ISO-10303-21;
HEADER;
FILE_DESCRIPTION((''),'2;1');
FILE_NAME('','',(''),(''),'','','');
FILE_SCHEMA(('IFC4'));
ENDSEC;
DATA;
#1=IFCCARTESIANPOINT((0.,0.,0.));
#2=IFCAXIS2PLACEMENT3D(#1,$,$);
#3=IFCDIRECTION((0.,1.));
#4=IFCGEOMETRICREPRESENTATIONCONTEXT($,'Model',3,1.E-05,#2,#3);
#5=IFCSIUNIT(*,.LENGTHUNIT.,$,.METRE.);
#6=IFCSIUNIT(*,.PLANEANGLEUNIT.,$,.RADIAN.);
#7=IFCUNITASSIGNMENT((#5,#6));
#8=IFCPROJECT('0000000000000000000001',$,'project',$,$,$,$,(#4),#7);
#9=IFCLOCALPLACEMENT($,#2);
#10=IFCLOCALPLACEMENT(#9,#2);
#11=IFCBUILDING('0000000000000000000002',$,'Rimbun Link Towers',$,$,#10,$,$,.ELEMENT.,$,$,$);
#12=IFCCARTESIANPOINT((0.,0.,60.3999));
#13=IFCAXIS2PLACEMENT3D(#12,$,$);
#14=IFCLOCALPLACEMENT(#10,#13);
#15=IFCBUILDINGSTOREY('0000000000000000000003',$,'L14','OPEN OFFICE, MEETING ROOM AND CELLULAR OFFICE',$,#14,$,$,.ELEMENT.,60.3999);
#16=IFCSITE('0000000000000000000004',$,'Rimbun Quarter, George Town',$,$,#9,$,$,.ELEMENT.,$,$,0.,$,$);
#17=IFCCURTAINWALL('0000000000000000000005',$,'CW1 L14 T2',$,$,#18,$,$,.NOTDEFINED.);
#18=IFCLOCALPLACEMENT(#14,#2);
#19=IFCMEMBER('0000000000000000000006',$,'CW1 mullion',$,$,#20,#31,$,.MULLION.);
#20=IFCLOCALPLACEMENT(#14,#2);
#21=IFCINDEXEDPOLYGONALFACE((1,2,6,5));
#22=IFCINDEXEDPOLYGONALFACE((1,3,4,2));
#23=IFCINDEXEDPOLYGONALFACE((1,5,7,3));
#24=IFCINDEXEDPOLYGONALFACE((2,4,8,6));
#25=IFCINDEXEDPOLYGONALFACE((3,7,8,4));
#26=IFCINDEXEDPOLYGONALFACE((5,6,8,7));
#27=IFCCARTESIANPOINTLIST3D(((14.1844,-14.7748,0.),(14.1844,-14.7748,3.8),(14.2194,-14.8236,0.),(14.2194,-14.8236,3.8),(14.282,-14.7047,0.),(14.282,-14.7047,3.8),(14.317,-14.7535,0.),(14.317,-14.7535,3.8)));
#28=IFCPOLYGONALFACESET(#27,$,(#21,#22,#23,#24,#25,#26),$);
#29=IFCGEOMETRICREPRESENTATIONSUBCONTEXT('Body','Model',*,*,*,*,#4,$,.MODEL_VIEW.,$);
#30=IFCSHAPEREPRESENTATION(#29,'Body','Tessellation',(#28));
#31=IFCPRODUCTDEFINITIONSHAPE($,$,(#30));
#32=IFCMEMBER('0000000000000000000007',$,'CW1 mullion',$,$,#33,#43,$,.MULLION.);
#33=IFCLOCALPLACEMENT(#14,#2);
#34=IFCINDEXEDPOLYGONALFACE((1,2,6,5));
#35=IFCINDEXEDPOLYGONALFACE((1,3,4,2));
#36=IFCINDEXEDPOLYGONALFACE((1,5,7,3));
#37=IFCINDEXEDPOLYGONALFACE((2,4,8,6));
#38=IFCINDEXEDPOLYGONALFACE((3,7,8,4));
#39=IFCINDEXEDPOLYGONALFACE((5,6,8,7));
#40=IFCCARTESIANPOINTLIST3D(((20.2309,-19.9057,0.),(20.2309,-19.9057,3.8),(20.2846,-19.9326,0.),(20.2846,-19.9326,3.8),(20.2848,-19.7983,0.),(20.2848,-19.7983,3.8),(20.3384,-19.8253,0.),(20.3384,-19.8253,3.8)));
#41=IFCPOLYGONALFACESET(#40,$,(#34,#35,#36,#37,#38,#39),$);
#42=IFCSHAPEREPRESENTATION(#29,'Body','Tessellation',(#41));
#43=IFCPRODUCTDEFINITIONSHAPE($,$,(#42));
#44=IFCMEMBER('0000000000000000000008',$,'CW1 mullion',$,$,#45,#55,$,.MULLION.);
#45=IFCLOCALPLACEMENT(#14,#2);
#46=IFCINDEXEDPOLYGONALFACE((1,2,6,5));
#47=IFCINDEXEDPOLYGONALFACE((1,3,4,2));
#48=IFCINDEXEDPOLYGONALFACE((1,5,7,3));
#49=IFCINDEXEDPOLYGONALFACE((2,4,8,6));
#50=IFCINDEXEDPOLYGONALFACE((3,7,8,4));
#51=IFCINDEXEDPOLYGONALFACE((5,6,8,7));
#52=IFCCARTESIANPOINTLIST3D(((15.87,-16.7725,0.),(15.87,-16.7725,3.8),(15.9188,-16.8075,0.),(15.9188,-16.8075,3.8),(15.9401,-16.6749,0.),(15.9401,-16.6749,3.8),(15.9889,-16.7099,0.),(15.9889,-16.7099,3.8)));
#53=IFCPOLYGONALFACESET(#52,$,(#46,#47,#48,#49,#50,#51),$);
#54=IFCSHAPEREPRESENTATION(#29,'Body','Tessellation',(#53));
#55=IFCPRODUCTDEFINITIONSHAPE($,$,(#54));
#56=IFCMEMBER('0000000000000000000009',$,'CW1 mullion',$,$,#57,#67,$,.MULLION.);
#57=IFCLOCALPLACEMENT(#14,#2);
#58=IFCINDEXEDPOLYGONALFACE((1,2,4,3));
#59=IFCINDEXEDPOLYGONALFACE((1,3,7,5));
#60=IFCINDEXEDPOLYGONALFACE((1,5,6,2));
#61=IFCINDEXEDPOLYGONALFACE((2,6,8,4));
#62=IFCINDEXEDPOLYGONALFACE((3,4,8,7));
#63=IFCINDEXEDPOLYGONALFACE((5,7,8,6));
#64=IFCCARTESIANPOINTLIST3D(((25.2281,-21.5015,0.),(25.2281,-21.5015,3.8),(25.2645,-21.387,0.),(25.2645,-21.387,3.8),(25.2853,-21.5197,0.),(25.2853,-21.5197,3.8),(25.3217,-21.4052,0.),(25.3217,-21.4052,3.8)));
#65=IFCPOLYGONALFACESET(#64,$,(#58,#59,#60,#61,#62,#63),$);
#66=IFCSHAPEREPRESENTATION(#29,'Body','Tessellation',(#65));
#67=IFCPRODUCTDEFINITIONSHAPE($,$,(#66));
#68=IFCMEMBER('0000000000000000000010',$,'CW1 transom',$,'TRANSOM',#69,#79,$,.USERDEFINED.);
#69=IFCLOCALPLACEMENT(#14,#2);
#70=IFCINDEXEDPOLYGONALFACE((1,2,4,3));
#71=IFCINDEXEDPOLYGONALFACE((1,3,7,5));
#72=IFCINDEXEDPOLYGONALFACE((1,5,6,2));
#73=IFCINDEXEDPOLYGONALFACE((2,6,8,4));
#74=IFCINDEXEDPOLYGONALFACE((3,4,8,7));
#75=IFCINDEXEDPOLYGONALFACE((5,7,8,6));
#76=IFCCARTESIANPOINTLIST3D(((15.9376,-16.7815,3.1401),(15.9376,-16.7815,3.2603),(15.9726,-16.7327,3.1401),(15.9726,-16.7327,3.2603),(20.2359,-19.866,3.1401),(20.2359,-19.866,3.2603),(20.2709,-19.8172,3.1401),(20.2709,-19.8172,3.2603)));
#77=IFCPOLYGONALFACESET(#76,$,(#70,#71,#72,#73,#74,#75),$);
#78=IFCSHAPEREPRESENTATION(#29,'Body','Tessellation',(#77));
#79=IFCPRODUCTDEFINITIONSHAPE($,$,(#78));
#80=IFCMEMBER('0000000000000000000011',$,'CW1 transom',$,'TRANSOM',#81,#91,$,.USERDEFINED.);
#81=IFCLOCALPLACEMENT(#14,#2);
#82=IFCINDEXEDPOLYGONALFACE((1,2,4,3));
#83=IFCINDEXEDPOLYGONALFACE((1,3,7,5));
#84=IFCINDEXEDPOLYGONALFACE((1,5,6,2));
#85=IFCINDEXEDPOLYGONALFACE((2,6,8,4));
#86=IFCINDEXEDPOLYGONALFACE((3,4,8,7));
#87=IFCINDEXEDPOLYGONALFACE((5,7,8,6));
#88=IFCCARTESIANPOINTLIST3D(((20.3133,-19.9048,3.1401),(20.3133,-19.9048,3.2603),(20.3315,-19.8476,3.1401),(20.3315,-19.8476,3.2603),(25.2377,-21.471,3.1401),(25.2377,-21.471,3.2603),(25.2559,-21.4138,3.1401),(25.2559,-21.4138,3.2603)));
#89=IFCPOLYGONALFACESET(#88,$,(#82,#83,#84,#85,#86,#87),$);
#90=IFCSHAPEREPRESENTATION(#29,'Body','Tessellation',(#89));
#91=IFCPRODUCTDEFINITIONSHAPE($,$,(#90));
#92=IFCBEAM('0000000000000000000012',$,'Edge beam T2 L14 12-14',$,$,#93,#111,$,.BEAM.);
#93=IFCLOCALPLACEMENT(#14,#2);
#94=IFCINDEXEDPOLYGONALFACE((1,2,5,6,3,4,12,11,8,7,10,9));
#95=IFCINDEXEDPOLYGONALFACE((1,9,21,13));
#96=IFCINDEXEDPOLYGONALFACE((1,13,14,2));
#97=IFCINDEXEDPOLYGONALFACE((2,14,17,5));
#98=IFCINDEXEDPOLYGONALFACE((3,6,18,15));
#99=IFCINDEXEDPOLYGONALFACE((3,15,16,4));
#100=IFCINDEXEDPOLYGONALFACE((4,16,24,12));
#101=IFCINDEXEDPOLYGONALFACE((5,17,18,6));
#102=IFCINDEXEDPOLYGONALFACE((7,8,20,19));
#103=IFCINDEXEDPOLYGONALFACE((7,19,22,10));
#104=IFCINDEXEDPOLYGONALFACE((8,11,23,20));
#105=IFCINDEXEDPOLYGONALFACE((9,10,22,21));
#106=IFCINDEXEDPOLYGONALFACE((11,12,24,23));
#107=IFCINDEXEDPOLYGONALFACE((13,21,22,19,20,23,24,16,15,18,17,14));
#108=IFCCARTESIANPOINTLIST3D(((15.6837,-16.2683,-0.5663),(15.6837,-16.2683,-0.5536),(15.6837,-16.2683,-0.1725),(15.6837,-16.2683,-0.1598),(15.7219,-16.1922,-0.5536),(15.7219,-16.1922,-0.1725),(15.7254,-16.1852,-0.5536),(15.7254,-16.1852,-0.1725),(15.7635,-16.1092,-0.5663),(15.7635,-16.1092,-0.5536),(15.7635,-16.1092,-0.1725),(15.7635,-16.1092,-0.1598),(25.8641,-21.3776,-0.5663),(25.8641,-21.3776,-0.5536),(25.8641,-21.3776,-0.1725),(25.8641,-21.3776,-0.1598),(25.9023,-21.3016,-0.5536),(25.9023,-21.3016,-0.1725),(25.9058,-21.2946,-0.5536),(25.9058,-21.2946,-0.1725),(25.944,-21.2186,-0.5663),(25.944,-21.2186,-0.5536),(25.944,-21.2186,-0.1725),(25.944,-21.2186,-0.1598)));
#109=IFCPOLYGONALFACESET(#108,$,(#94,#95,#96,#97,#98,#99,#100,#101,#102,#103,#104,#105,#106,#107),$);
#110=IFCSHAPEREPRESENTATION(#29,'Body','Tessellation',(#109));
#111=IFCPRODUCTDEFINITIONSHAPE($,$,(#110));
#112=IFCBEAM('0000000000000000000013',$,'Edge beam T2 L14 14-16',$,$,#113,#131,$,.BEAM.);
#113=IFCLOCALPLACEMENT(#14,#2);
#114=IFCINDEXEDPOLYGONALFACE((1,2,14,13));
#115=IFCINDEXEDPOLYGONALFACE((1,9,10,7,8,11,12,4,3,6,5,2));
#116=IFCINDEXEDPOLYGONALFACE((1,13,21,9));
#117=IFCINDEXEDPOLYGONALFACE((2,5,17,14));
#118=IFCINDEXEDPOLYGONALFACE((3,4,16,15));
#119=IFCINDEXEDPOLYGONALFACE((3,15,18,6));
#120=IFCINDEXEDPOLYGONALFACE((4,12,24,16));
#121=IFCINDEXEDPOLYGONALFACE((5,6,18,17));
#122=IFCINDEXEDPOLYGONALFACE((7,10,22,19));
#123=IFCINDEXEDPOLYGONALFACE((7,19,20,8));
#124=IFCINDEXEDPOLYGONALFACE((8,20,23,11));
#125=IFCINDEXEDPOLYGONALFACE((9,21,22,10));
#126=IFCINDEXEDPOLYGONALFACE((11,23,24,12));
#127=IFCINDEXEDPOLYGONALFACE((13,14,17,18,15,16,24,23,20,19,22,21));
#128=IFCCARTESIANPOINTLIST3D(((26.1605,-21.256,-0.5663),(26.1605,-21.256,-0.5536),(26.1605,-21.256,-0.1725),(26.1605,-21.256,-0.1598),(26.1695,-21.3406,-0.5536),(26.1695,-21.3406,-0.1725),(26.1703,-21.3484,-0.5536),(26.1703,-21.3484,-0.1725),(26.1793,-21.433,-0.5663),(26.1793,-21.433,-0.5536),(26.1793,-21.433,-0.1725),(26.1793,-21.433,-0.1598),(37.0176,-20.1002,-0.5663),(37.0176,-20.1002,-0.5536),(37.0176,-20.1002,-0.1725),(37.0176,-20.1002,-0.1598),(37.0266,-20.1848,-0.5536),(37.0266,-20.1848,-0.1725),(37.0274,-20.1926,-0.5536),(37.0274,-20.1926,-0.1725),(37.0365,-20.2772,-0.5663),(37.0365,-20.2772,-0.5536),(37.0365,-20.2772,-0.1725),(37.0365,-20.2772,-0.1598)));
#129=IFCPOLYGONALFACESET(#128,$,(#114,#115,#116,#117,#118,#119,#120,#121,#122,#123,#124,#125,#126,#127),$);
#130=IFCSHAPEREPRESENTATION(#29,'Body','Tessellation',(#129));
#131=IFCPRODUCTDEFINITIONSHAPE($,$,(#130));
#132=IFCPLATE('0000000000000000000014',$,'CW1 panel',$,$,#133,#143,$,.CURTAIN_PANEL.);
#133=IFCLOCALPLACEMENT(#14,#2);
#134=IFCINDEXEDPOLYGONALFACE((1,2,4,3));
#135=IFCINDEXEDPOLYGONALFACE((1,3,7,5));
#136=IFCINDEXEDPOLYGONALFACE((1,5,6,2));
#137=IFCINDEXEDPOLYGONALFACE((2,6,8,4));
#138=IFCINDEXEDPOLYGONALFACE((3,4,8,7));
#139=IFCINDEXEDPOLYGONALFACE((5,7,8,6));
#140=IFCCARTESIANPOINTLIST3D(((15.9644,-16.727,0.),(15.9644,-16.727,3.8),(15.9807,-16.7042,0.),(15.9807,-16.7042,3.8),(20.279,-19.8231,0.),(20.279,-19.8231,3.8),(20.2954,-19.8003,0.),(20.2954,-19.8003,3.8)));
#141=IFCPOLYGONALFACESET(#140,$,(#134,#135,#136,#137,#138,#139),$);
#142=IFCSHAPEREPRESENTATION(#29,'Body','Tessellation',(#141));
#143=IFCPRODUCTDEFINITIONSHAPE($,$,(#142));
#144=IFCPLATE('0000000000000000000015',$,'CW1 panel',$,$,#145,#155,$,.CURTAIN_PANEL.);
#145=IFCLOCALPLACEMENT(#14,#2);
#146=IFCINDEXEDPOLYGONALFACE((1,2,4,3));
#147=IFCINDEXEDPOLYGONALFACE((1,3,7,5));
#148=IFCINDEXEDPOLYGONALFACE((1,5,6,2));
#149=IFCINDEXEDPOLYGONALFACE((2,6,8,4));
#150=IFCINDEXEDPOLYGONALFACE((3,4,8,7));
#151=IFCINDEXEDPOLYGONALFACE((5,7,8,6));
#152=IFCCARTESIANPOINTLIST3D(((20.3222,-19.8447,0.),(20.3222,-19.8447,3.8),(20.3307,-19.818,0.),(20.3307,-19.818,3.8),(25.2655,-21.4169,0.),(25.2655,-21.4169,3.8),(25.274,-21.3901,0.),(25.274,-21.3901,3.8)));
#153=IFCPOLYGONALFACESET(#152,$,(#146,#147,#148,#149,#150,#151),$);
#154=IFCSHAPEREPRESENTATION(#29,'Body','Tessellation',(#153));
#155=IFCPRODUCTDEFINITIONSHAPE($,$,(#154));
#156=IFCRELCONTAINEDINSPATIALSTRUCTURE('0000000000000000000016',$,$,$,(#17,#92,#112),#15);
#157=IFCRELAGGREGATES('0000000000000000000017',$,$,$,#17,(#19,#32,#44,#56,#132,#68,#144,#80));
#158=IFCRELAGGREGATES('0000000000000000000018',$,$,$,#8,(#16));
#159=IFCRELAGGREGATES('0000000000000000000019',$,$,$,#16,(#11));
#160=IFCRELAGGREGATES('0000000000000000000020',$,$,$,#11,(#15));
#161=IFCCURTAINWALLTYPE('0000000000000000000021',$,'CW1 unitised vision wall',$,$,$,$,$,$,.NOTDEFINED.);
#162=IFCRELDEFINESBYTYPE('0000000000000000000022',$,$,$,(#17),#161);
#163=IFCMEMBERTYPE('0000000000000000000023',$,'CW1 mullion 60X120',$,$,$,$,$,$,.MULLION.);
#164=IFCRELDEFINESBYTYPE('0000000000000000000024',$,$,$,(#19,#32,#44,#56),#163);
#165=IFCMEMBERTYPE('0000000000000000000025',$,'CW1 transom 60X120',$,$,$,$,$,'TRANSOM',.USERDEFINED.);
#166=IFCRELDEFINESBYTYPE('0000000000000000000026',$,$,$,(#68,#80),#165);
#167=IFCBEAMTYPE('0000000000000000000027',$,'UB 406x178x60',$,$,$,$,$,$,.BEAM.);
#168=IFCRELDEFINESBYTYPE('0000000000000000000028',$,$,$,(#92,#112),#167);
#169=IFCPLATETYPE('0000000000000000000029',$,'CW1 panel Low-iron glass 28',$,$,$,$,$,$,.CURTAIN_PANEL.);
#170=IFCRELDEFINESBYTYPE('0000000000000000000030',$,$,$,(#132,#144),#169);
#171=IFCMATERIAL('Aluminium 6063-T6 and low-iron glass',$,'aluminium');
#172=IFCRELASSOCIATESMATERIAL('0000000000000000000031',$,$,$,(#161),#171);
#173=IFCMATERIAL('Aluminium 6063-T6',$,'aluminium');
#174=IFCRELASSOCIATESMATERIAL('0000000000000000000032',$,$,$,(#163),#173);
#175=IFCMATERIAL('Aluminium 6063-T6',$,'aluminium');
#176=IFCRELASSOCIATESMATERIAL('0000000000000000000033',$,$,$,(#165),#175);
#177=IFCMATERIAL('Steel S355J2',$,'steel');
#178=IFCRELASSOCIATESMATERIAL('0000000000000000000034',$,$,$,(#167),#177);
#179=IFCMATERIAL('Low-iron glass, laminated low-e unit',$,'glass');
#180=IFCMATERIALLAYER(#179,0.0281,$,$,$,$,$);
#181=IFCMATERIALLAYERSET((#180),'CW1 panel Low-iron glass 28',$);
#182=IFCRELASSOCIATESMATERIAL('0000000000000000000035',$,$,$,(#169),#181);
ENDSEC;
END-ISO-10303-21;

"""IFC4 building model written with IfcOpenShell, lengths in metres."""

from ifc_helpers import new_model, si_unit, direction, frame, origin, origin_2d, place, context, subcontext, project, spatial, rectangle, i_section, extrude, material, layer, layer_set, material_profile, profile_set, type_object, element, aggregate, save


model = new_model("IFC4")

# Units and contexts
model_context = context("Model", 3, precision=1e-05, world=origin(), true_north=direction((0.0, 1.0)))
body_context = subcontext(model_context, "Body", "Model", "MODEL_VIEW")
ifc_project = project(units=[si_unit("LENGTHUNIT", "METRE"), si_unit("PLANEANGLEUNIT", "RADIAN")], contexts=[model_context])

# Site, building, storey
site_placement = place(None, origin())
site = spatial("IfcSite", under=ifc_project, at=site_placement, Name="Rimbun Quarter, George Town", CompositionType="ELEMENT", RefElevation=0.0)
building_placement = place(site_placement, origin())
building = spatial("IfcBuilding", under=site, at=building_placement, Name="Rimbun Link Towers", CompositionType="ELEMENT")
storey_placement = place(building_placement, frame((0.0, 0.0, 60.3999)))
storey = spatial("IfcBuildingStorey", under=building, at=storey_placement, Name="L14", Description="OPEN OFFICE, MEETING ROOM AND CELLULAR OFFICE", CompositionType="ELEMENT", Elevation=60.3999)

# Curtain wall, members
ifc_material_1 = material(Name="Aluminium 6063-T6 and low-iron glass", Category="aluminium")
curtain_wall_type = type_object("IfcCurtainWallType", Name="CW1 unitised vision wall", PredefinedType="NOTDEFINED", material=ifc_material_1)
curtain_wall_placement = place(storey_placement, origin())
curtain_wall = element("IfcCurtainWall", 1, at=curtain_wall_placement, inside=storey, type_object=curtain_wall_type, Name="CW1 L14 T2", PredefinedType="NOTDEFINED")
ifc_material_2 = material(Name="Aluminium 6063-T6", Category="aluminium")
ifc_material_profile_1 = material_profile(ifc_material_2, rectangle(XDim=0.1201, YDim=0.0601, at=origin_2d()), Name="MULLION 60X120")
ifc_profile_set_1 = profile_set([ifc_material_profile_1], Name="Aluminium 6063-T6")
member_type_1 = type_object("IfcMemberType", Name="CW1 mullion 60X120", PredefinedType="MULLION", material=ifc_profile_set_1)
member_1_placement = place(storey_placement, frame((14.2507, -14.7642, 0.0), z_axis=(0.0, 0.0, 1.0), x_axis=(-0.812469, -0.583004, 0.0)))
member_1 = element("IfcMember", 2, at=member_1_placement, type_object=member_type_1, Name="CW1 mullion", PredefinedType="MULLION", context=body_context, shape_type="SweptSolid", body=[
    extrude(rectangle(XDim=0.1201, YDim=0.0601, at=origin_2d()), origin(), (0.0, 0.0, 1.0), 3.8),
])
member_2_placement = place(storey_placement, frame((20.2847, -19.8655, 0.0), z_axis=(0.0, 0.0, 1.0), x_axis=(-0.448574, -0.893746, 0.0)))
member_2 = element("IfcMember", 3, at=member_2_placement, type_object=member_type_1, Name="CW1 mullion", PredefinedType="MULLION", context=body_context, shape_type="SweptSolid", body=[
    extrude(rectangle(XDim=0.1201, YDim=0.0601, at=origin_2d()), origin(), (0.0, 0.0, 1.0), 3.8),
])
member_3_placement = place(storey_placement, frame((15.9294, -16.7412, 0.0), z_axis=(0.0, 0.0, 1.0), x_axis=(-0.583004, -0.812469, 0.0)))
member_3 = element("IfcMember", 4, at=member_3_placement, type_object=member_type_1, Name="CW1 mullion", PredefinedType="MULLION", context=body_context, shape_type="SweptSolid", body=[
    extrude(rectangle(XDim=0.1201, YDim=0.0601, at=origin_2d()), origin(), (0.0, 0.0, 1.0), 3.8),
])
member_4_placement = place(storey_placement, frame((25.2749, -21.4534, 0.0), z_axis=(0.0, 0.0, 1.0), x_axis=(-0.303073, -0.952967, 0.0)))
member_4 = element("IfcMember", 5, at=member_4_placement, type_object=member_type_1, Name="CW1 mullion", PredefinedType="MULLION", context=body_context, shape_type="SweptSolid", body=[
    extrude(rectangle(XDim=0.1201, YDim=0.0601, at=origin_2d()), origin(), (0.0, 0.0, 1.0), 3.8),
])
ifc_material_3 = material(Name="Aluminium 6063-T6", Category="aluminium")
ifc_material_profile_2 = material_profile(ifc_material_3, rectangle(XDim=0.0601, YDim=0.1201, at=origin_2d()), Name="TRANSOM 60X120")
ifc_profile_set_2 = profile_set([ifc_material_profile_2], Name="Aluminium 6063-T6")
member_type_2 = type_object("IfcMemberType", Name="CW1 transom 60X120", ElementType="TRANSOM", PredefinedType="USERDEFINED", material=ifc_profile_set_2)
member_5_placement = place(storey_placement, frame((20.2534, -19.8416, 3.2002), z_axis=(-0.812459, 0.583018, 0.0), x_axis=(-0.583018, -0.812459, 0.0)))
member_5 = element("IfcMember", 6, at=member_5_placement, type_object=member_type_2, Name="CW1 transom", ObjectType="TRANSOM", PredefinedType="USERDEFINED", context=body_context, shape_type="SweptSolid", body=[
    extrude(rectangle(XDim=0.0601, YDim=0.1201, at=origin_2d()), origin(), (0.0, 0.0, 1.0), 5.2905),
])
member_6_placement = place(storey_placement, frame((25.2468, -21.4424, 3.2002), z_axis=(-0.952963, 0.303087, 0.0), x_axis=(-0.303087, -0.952963, 0.0)))
member_6 = element("IfcMember", 7, at=member_6_placement, type_object=member_type_2, Name="CW1 transom", ObjectType="TRANSOM", PredefinedType="USERDEFINED", context=body_context, shape_type="SweptSolid", body=[
    extrude(rectangle(XDim=0.0601, YDim=0.1201, at=origin_2d()), origin(), (0.0, 0.0, 1.0), 5.1675),
])

# Beams
ifc_material_4 = material(Name="Steel S355J2", Category="steel")
ifc_material_profile_3 = material_profile(ifc_material_4, i_section(OverallWidth=0.178, OverallDepth=0.4065, WebThickness=0.0078, FlangeThickness=0.0127, at=origin_2d()), Name="UB 406x178x60")
ifc_profile_set_3 = profile_set([ifc_material_profile_3], Name="Steel S355J2")
beam_type = type_object("IfcBeamType", Name="UB 406x178x60", PredefinedType="BEAM", material=ifc_profile_set_3)
beam_1_placement = place(storey_placement, frame((15.7236, -16.1887, -0.363), z_axis=(0.893753, -0.448559, 0.0), x_axis=(0.448559, 0.893753, 0.0)))
element("IfcBeam", 8, at=beam_1_placement, inside=storey, type_object=beam_type, Name="Edge beam T2 L14 12-14", PredefinedType="BEAM", context=body_context, shape_type="SweptSolid", body=[
    extrude(i_section(OverallWidth=0.178, OverallDepth=0.4065, WebThickness=0.0078, FlangeThickness=0.0127, at=origin_2d()), origin(), (0.0, 0.0, 1.0), 11.3906),
])
beam_2_placement = place(storey_placement, frame((26.1699, -21.3445, -0.363), z_axis=(0.994382, 0.105853, 0.0), x_axis=(-0.105853, 0.994382, 0.0)))
element("IfcBeam", 9, at=beam_2_placement, inside=storey, type_object=beam_type, Name="Edge beam T2 L14 14-16", PredefinedType="BEAM", context=body_context, shape_type="SweptSolid", body=[
    extrude(i_section(OverallWidth=0.178, OverallDepth=0.4065, WebThickness=0.0078, FlangeThickness=0.0127, at=origin_2d()), origin(), (0.0, 0.0, 1.0), 10.9185),
])

# Plates
ifc_material_5 = material(Name="Low-iron glass, laminated low-e unit", Category="glass")
ifc_layer = layer(ifc_material_5, 0.0281)
ifc_layer_set = layer_set([ifc_layer], Name="CW1 panel Low-iron glass 28")
plate_type = type_object("IfcPlateType", Name="CW1 panel Low-iron glass 28", PredefinedType="CURTAIN_PANEL", material=ifc_layer_set)
plate_1_placement = place(storey_placement, frame((18.1299, -18.2637, 0.0), z_axis=(0.0, 0.0, 1.0), x_axis=(-0.812469, 0.583004, 0.0)))
plate_1 = element("IfcPlate", 10, at=plate_1_placement, type_object=plate_type, Name="CW1 panel", PredefinedType="CURTAIN_PANEL", context=body_context, shape_type="SweptSolid", body=[
    extrude(rectangle(XDim=5.3105, YDim=0.0281, at=origin_2d()), origin(), (0.0, 0.0, 1.0), 3.8),
])
plate_2_placement = place(storey_placement, frame((22.7981, -20.6174, 0.0), z_axis=(0.0, 0.0, 1.0), x_axis=(-0.952967, 0.303073, 0.0)))
plate_2 = element("IfcPlate", 11, at=plate_2_placement, type_object=plate_type, Name="CW1 panel", PredefinedType="CURTAIN_PANEL", context=body_context, shape_type="SweptSolid", body=[
    extrude(rectangle(XDim=5.1873, YDim=0.0281, at=origin_2d()), origin(), (0.0, 0.0, 1.0), 3.8),
])
aggregate(curtain_wall, [member_1, member_2, member_3, member_4, plate_1, member_5, plate_2, member_6])

save(model, "model.ifc")
